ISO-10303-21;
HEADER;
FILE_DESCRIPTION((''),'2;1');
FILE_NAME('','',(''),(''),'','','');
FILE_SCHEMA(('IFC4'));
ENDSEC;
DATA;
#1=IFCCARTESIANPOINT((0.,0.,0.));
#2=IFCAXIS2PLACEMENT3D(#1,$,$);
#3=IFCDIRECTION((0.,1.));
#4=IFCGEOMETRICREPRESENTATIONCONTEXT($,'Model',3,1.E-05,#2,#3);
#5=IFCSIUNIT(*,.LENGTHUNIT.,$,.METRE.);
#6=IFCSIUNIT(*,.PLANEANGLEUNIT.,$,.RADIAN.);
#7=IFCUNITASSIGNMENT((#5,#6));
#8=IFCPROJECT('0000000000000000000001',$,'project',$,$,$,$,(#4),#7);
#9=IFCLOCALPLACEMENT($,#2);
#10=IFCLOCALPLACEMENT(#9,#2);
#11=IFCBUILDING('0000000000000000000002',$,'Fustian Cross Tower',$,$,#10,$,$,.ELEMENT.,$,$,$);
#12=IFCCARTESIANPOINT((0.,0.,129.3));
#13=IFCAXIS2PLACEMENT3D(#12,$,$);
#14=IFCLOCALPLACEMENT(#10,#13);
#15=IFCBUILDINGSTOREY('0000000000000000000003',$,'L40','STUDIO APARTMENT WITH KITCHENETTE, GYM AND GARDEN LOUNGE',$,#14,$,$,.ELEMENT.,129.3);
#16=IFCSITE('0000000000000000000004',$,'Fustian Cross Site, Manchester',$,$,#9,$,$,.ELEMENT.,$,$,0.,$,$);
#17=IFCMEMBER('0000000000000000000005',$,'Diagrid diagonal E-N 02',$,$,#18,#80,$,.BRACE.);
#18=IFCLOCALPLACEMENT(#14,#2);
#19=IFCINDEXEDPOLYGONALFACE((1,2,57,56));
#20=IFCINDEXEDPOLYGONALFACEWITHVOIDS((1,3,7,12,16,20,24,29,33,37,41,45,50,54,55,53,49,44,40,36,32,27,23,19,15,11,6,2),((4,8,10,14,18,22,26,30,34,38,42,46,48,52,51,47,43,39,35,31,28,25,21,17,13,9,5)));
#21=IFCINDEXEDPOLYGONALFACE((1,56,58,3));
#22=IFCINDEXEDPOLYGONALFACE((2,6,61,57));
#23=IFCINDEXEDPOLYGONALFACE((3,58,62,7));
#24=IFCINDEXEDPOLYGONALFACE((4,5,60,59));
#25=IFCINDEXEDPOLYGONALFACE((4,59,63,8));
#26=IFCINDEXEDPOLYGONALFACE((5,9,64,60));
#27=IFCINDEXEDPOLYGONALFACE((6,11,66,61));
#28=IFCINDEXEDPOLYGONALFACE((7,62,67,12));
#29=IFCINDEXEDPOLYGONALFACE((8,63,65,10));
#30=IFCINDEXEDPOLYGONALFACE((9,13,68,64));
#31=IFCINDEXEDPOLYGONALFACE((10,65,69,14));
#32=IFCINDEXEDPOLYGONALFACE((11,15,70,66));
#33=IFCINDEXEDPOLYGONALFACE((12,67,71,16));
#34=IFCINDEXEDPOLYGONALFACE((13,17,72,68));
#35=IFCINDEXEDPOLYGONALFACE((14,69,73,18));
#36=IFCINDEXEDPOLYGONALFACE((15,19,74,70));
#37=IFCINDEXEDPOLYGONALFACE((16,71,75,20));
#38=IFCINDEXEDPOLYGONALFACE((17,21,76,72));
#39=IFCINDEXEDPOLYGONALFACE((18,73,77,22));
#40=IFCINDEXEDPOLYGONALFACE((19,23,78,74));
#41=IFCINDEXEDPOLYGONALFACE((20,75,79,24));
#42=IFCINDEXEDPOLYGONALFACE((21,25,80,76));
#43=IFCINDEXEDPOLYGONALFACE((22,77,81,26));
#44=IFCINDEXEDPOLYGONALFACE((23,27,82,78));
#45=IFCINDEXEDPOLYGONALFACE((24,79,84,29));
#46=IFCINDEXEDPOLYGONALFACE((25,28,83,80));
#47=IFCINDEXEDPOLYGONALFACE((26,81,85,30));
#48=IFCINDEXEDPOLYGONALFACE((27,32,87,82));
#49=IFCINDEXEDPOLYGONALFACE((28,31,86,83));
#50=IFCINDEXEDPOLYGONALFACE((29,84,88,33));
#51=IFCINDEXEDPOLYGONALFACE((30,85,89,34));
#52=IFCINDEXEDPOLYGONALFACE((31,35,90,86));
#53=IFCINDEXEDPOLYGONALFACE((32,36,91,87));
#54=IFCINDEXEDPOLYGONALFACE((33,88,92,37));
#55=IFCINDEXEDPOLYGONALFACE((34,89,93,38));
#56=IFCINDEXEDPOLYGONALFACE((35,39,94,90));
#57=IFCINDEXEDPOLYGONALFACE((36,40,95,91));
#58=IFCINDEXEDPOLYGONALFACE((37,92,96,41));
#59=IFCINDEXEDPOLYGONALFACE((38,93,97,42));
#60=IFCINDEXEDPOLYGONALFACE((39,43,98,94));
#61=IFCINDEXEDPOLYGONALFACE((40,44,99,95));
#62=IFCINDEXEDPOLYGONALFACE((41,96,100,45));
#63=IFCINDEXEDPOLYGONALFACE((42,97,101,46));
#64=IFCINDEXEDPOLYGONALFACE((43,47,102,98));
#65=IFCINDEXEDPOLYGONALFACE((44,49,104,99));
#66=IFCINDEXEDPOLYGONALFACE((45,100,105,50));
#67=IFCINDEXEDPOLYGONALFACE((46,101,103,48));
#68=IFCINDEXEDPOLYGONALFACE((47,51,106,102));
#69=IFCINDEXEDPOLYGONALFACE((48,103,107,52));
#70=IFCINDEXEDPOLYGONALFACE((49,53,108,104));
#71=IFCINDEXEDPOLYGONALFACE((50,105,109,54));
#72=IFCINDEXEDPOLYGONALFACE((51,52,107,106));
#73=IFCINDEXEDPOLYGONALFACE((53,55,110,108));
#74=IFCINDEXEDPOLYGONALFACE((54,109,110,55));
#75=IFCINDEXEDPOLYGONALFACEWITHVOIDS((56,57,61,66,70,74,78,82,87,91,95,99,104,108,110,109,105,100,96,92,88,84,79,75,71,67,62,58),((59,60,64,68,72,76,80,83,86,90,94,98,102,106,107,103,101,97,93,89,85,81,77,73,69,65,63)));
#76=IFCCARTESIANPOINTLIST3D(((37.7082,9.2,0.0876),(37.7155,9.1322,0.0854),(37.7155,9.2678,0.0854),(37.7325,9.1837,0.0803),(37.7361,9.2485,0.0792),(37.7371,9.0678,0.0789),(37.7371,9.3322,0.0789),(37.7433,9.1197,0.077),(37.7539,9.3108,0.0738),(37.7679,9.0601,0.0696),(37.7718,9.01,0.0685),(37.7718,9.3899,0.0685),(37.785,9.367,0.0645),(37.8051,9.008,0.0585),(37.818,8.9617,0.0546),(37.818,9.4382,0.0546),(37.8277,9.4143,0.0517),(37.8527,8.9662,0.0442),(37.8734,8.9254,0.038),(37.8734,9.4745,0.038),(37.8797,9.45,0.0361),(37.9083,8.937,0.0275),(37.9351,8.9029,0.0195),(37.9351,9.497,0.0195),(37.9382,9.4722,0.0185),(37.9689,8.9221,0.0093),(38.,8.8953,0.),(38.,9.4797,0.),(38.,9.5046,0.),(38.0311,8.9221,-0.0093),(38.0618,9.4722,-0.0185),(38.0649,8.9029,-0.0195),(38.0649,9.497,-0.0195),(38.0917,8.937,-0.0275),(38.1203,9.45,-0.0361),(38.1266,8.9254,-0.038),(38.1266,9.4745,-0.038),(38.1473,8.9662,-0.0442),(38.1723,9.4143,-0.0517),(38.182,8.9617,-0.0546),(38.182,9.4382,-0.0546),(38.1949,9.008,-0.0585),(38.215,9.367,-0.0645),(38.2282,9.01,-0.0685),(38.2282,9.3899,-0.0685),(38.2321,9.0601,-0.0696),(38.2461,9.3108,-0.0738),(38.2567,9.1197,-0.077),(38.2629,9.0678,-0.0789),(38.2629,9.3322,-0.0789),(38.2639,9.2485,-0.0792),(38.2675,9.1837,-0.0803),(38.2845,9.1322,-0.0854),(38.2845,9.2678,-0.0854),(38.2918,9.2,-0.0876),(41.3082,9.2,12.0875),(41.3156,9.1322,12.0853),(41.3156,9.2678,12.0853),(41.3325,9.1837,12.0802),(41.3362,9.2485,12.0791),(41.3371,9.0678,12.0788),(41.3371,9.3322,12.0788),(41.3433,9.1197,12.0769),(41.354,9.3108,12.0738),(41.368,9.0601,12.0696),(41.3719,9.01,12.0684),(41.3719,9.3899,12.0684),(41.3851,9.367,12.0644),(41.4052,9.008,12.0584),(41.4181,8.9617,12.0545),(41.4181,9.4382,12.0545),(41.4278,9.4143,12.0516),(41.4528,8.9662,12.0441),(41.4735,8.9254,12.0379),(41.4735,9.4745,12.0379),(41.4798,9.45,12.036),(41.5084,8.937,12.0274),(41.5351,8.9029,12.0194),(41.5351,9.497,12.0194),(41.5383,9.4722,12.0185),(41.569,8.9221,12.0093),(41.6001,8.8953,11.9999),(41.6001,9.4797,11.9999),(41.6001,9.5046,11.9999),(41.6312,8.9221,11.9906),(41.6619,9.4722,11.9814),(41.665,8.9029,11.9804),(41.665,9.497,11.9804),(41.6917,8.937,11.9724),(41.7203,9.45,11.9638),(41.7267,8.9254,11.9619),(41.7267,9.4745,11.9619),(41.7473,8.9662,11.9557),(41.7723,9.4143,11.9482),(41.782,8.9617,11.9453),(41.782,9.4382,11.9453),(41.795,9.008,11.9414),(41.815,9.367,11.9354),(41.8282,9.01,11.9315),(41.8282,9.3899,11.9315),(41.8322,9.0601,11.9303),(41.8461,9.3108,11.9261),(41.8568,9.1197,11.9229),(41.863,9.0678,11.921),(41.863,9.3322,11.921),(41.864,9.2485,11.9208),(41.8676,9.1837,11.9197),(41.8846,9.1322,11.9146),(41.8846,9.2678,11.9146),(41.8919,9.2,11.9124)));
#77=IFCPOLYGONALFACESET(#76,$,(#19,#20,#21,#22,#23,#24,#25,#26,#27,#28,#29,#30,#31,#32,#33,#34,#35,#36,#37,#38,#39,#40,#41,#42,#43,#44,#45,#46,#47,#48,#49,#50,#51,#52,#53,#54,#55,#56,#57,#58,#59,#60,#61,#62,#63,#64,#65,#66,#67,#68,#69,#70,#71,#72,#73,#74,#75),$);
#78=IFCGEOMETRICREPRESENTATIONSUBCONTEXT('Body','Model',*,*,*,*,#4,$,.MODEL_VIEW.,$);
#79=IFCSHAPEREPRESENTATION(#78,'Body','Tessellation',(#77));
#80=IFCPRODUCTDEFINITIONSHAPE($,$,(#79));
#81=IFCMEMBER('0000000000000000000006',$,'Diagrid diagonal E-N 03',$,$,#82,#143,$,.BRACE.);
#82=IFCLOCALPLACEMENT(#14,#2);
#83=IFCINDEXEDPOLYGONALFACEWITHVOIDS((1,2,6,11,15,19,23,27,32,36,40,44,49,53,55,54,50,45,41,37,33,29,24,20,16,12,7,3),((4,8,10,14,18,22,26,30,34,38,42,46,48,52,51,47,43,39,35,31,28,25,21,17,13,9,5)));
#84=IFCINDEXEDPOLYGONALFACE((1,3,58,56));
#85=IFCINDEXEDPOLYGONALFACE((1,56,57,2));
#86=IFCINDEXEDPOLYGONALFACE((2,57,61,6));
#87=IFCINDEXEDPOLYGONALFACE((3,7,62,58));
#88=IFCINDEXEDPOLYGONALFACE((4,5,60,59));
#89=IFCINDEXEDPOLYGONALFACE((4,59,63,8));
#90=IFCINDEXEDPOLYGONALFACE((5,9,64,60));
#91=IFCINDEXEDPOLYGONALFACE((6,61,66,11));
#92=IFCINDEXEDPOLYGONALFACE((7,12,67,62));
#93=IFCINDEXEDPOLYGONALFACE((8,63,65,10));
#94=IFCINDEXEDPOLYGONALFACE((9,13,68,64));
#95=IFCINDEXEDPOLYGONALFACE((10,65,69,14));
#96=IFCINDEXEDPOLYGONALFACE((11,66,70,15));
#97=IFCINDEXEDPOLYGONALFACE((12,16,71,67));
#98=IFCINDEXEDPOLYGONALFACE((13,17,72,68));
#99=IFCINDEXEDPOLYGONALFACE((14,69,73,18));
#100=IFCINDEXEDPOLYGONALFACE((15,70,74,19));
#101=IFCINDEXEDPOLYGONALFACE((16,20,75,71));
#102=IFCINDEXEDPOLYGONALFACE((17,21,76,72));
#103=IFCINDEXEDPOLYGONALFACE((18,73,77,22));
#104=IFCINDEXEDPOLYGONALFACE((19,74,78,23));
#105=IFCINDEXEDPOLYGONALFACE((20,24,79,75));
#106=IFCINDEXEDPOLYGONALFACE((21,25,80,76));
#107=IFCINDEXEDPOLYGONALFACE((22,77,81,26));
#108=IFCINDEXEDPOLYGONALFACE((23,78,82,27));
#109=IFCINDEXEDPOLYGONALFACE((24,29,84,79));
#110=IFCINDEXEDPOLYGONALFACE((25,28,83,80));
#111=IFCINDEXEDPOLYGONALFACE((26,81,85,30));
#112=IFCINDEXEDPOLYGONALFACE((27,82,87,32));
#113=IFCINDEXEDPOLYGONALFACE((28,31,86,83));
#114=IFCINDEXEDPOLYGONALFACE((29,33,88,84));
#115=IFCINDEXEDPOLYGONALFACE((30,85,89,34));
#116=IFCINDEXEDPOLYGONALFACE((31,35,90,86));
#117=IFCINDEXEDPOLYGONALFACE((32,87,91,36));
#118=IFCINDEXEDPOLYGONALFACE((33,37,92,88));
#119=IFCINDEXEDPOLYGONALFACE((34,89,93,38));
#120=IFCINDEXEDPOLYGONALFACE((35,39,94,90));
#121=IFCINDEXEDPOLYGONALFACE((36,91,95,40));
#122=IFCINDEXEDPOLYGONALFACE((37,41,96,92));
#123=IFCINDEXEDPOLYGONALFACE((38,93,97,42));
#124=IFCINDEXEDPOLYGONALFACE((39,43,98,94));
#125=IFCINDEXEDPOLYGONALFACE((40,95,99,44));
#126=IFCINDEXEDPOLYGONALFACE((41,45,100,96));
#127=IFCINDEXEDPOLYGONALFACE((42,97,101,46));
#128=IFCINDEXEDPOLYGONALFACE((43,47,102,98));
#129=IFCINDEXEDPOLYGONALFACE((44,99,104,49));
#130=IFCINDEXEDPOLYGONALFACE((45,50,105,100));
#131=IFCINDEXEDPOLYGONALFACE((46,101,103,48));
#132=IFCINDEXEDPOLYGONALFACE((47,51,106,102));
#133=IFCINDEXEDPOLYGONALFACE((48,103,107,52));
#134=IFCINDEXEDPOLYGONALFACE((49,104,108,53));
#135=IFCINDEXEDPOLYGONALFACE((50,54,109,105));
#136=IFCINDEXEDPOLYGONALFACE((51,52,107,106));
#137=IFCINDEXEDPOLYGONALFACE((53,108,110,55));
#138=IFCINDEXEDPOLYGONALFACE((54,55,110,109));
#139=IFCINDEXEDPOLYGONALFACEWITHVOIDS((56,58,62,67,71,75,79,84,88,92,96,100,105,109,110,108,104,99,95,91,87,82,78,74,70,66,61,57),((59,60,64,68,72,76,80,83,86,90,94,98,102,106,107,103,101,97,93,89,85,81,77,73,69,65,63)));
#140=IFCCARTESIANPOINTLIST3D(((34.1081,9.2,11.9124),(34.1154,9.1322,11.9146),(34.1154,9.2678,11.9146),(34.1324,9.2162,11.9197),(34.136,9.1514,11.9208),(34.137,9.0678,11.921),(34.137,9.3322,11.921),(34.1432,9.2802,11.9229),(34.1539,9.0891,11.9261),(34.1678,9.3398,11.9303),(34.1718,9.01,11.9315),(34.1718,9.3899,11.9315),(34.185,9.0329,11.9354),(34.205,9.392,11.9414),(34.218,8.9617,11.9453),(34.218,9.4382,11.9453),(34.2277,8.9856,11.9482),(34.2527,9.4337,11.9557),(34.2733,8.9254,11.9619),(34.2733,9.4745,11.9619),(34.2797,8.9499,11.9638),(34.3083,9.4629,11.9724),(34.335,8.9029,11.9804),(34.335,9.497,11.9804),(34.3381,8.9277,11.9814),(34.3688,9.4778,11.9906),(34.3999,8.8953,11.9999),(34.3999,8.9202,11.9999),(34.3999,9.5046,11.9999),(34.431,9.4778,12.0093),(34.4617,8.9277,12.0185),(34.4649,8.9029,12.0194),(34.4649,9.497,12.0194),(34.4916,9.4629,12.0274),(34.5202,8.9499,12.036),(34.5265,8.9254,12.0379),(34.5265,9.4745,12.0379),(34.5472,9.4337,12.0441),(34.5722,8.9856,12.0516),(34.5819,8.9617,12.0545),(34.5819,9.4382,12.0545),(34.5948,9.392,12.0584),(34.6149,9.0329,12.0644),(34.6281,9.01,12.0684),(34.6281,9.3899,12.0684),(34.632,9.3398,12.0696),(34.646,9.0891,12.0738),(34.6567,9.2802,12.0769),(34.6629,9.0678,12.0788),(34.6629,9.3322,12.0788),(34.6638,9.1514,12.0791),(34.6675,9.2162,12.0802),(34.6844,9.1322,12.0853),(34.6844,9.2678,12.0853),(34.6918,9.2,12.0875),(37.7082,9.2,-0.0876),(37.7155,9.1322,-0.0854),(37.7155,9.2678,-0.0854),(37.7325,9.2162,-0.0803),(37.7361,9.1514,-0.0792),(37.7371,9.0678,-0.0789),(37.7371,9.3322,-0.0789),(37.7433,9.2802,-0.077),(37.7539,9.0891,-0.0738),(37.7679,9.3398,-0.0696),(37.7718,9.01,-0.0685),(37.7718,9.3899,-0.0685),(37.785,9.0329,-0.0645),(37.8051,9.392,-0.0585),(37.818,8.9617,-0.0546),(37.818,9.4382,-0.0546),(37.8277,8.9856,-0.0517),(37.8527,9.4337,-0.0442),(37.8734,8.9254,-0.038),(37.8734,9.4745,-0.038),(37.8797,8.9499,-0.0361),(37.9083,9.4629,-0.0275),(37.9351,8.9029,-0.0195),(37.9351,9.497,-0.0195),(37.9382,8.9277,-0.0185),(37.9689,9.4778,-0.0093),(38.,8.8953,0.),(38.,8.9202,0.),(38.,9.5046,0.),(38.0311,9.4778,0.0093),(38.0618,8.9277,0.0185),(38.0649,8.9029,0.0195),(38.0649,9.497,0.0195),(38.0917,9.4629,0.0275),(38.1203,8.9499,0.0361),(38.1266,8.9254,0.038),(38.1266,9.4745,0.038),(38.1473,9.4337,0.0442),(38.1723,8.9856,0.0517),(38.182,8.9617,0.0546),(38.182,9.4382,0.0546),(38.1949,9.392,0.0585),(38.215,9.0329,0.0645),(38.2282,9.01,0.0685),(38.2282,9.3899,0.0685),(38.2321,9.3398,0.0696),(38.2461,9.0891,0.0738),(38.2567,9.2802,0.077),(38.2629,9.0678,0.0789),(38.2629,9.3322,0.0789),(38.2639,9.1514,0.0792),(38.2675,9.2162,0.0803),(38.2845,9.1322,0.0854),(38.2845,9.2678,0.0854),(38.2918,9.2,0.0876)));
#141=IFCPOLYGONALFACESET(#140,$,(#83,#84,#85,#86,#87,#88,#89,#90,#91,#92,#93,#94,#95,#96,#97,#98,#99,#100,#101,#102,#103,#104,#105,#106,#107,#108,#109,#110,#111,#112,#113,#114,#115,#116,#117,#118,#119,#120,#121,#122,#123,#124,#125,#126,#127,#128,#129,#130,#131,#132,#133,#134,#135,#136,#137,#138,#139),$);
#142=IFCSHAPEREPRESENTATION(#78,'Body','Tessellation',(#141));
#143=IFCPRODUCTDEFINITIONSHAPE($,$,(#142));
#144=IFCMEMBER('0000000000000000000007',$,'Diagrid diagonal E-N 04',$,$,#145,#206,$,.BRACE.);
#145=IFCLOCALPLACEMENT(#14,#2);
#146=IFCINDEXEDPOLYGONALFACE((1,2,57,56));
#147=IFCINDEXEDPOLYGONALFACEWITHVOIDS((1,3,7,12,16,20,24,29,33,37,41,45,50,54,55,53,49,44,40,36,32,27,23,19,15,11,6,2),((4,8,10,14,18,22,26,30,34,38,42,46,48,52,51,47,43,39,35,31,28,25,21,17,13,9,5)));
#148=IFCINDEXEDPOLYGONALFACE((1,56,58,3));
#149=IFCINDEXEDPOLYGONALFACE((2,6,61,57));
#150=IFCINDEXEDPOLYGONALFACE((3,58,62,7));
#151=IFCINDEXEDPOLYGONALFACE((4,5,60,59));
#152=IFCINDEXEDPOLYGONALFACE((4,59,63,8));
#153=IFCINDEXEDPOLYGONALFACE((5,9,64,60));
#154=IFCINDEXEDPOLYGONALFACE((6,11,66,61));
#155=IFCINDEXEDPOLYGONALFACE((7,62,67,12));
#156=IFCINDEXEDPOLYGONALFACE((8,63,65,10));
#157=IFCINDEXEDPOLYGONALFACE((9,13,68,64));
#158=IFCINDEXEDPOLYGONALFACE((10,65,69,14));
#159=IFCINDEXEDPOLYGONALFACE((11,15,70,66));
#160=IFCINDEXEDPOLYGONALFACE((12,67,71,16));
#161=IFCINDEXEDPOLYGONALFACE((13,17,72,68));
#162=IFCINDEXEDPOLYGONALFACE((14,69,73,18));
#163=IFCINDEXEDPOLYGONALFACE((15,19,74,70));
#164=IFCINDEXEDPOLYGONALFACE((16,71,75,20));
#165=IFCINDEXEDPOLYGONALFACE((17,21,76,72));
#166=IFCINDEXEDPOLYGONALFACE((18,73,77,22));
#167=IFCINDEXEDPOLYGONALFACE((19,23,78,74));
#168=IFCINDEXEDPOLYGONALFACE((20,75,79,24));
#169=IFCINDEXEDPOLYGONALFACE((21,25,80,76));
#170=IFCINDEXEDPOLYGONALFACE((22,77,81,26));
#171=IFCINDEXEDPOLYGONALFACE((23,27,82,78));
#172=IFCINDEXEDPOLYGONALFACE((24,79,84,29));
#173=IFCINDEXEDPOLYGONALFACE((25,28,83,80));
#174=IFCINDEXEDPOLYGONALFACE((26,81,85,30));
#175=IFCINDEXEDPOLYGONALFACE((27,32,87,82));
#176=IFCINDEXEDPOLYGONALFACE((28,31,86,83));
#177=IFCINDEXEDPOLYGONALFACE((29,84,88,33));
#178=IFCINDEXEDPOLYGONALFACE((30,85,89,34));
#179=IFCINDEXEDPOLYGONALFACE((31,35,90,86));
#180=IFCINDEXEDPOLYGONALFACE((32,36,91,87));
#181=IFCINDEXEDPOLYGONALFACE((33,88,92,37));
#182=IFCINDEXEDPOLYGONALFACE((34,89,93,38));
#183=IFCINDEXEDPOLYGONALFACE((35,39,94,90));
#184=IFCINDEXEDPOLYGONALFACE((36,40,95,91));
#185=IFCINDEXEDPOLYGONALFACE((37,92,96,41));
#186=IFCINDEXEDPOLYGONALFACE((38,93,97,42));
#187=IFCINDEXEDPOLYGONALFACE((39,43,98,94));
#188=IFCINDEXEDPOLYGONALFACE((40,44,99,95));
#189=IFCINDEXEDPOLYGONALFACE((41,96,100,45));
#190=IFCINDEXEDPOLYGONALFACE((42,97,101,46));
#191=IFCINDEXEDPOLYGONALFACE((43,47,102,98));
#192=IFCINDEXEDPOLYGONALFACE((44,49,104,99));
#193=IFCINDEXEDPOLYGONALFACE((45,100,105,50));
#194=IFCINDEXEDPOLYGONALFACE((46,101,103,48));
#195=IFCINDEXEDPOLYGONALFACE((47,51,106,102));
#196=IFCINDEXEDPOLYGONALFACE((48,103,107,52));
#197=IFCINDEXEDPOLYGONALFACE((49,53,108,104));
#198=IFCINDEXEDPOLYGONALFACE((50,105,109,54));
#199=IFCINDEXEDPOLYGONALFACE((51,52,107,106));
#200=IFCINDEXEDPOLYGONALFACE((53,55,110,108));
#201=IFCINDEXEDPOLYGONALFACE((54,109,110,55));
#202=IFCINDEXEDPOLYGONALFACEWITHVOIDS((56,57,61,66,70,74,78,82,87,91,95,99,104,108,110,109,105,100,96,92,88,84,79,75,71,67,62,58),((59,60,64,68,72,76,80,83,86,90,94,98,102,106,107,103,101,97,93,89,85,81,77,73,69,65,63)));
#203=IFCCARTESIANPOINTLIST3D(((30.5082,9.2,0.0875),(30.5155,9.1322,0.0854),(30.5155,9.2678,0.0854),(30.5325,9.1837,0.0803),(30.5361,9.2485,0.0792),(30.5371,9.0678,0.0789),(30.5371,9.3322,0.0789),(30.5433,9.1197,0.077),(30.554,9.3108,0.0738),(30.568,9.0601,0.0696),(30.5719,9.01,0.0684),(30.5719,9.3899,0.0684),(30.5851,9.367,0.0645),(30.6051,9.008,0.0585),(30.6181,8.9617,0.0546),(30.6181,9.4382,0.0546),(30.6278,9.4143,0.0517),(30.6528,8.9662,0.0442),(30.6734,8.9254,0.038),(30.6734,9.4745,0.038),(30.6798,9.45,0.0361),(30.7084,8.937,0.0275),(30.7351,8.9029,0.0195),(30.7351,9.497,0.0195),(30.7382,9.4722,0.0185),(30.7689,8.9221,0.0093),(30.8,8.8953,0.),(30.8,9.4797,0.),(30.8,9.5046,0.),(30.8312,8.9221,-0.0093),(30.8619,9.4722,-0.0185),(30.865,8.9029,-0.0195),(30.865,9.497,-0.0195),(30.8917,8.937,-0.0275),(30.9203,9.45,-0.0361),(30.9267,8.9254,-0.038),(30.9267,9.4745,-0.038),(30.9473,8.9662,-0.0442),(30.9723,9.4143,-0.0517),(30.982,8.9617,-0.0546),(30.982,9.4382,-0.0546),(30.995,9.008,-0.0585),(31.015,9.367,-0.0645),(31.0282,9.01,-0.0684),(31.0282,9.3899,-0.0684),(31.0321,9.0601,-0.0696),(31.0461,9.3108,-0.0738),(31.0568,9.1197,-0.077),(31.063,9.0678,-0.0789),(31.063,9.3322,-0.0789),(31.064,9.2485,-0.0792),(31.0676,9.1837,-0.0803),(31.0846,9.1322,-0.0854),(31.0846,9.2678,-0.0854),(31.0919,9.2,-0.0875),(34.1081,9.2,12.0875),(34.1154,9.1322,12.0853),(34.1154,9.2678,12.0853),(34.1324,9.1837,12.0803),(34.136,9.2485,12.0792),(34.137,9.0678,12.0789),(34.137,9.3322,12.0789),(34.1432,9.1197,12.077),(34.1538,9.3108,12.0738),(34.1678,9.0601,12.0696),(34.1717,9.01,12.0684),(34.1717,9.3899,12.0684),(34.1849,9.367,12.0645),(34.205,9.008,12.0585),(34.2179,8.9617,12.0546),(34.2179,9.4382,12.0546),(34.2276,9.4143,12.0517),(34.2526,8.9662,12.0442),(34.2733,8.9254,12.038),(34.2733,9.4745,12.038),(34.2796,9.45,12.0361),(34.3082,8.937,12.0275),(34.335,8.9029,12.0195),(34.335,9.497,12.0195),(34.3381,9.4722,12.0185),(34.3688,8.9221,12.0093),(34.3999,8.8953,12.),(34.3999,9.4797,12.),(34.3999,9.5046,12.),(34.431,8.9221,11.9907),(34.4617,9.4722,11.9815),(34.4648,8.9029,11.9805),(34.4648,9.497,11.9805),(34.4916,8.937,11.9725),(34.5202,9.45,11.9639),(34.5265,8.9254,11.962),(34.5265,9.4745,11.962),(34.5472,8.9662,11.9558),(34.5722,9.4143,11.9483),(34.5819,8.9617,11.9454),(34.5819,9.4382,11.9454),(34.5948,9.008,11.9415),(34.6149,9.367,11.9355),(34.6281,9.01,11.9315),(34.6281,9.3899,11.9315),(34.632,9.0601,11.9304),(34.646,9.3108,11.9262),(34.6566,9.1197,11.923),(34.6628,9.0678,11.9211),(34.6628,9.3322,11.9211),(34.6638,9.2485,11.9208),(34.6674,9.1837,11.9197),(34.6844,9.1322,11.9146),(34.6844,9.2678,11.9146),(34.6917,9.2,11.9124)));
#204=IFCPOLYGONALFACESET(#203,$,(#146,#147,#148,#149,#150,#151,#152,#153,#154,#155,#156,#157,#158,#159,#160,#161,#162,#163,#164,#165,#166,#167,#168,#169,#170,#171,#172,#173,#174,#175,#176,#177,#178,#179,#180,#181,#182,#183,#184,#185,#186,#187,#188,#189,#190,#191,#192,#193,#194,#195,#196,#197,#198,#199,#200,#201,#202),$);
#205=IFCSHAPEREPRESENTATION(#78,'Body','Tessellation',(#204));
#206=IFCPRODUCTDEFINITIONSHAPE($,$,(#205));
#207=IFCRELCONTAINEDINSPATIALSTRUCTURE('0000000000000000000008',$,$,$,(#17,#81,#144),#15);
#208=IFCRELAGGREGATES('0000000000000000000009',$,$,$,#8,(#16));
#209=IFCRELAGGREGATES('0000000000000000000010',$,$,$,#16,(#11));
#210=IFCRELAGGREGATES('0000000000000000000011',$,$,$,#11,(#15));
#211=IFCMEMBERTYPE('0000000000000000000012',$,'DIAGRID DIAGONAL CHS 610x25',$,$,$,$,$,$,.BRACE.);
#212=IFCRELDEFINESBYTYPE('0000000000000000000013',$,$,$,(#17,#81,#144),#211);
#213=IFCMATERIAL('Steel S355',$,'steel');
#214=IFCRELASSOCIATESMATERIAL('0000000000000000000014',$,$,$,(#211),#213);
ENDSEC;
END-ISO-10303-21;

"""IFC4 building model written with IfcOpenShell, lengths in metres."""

from ifc_helpers import new_model, si_unit, direction, frame, origin, origin_2d, place, context, subcontext, project, spatial, hollow_circle, extrude, material, material_profile, profile_set, type_object, element, save


model = new_model("IFC4")

# Units and contexts
model_context = context("Model", 3, precision=1e-05, world=origin(), true_north=direction((0.0, 1.0)))
body_context = subcontext(model_context, "Body", "Model", "MODEL_VIEW")
ifc_project = project(units=[si_unit("LENGTHUNIT", "METRE"), si_unit("PLANEANGLEUNIT", "RADIAN")], contexts=[model_context])

# Site, building, storey
site_placement = place(None, origin())
site = spatial("IfcSite", under=ifc_project, at=site_placement, Name="Fustian Cross Site, Manchester", CompositionType="ELEMENT", RefElevation=0.0)
building_placement = place(site_placement, origin())
building = spatial("IfcBuilding", under=site, at=building_placement, Name="Fustian Cross Tower", CompositionType="ELEMENT")
storey_placement = place(building_placement, frame((0.0, 0.0, 129.3)))
storey = spatial("IfcBuildingStorey", under=building, at=storey_placement, Name="L40", Description="STUDIO APARTMENT WITH KITCHENETTE, GYM AND GARDEN LOUNGE", CompositionType="ELEMENT", Elevation=129.3)

# Members
ifc_material_1 = material(Name="Steel S355", Category="steel")
ifc_material_profile_1 = material_profile(ifc_material_1, hollow_circle(Radius=0.3047, WallThickness=0.0249, at=origin_2d()), Name="CHS 610x25")
ifc_profile_set_1 = profile_set([ifc_material_profile_1], Name="Steel S355")
member_type_1 = type_object("IfcMemberType", Name="DIAGRID DIAGONAL CHS 610x25", PredefinedType="BRACE", material=ifc_profile_set_1)
for number, where, z_axis, x_axis, name in (
    (1, (38.0, 9.2, 0.0), (0.287355, 0.0, 0.957824), (0.0, 1.0, 0.0), "Diagrid diagonal E-N 02"),
    (2, (38.0, 9.2, 0.0), (-0.287355, 0.0, 0.957824), (0.0, -1.0, 0.0), "Diagrid diagonal E-N 03"),
    (3, (30.8, 9.2, 0.0), (0.287337, 0.0, 0.95783), (0.0, 1.0, 0.0), "Diagrid diagonal E-N 04"),
):
    element("IfcMember", number, at=place(storey_placement, frame(where, z_axis=z_axis, x_axis=x_axis)), inside=storey, type_object=member_type_1, Name=name, PredefinedType="BRACE", context=body_context, shape_type="SweptSolid", body=[
        extrude(hollow_circle(Radius=0.3047, WallThickness=0.0249, at=origin_2d()), origin(), (0.0, 0.0, 1.0), 12.5283),
    ])

save(model, "model.ifc")
